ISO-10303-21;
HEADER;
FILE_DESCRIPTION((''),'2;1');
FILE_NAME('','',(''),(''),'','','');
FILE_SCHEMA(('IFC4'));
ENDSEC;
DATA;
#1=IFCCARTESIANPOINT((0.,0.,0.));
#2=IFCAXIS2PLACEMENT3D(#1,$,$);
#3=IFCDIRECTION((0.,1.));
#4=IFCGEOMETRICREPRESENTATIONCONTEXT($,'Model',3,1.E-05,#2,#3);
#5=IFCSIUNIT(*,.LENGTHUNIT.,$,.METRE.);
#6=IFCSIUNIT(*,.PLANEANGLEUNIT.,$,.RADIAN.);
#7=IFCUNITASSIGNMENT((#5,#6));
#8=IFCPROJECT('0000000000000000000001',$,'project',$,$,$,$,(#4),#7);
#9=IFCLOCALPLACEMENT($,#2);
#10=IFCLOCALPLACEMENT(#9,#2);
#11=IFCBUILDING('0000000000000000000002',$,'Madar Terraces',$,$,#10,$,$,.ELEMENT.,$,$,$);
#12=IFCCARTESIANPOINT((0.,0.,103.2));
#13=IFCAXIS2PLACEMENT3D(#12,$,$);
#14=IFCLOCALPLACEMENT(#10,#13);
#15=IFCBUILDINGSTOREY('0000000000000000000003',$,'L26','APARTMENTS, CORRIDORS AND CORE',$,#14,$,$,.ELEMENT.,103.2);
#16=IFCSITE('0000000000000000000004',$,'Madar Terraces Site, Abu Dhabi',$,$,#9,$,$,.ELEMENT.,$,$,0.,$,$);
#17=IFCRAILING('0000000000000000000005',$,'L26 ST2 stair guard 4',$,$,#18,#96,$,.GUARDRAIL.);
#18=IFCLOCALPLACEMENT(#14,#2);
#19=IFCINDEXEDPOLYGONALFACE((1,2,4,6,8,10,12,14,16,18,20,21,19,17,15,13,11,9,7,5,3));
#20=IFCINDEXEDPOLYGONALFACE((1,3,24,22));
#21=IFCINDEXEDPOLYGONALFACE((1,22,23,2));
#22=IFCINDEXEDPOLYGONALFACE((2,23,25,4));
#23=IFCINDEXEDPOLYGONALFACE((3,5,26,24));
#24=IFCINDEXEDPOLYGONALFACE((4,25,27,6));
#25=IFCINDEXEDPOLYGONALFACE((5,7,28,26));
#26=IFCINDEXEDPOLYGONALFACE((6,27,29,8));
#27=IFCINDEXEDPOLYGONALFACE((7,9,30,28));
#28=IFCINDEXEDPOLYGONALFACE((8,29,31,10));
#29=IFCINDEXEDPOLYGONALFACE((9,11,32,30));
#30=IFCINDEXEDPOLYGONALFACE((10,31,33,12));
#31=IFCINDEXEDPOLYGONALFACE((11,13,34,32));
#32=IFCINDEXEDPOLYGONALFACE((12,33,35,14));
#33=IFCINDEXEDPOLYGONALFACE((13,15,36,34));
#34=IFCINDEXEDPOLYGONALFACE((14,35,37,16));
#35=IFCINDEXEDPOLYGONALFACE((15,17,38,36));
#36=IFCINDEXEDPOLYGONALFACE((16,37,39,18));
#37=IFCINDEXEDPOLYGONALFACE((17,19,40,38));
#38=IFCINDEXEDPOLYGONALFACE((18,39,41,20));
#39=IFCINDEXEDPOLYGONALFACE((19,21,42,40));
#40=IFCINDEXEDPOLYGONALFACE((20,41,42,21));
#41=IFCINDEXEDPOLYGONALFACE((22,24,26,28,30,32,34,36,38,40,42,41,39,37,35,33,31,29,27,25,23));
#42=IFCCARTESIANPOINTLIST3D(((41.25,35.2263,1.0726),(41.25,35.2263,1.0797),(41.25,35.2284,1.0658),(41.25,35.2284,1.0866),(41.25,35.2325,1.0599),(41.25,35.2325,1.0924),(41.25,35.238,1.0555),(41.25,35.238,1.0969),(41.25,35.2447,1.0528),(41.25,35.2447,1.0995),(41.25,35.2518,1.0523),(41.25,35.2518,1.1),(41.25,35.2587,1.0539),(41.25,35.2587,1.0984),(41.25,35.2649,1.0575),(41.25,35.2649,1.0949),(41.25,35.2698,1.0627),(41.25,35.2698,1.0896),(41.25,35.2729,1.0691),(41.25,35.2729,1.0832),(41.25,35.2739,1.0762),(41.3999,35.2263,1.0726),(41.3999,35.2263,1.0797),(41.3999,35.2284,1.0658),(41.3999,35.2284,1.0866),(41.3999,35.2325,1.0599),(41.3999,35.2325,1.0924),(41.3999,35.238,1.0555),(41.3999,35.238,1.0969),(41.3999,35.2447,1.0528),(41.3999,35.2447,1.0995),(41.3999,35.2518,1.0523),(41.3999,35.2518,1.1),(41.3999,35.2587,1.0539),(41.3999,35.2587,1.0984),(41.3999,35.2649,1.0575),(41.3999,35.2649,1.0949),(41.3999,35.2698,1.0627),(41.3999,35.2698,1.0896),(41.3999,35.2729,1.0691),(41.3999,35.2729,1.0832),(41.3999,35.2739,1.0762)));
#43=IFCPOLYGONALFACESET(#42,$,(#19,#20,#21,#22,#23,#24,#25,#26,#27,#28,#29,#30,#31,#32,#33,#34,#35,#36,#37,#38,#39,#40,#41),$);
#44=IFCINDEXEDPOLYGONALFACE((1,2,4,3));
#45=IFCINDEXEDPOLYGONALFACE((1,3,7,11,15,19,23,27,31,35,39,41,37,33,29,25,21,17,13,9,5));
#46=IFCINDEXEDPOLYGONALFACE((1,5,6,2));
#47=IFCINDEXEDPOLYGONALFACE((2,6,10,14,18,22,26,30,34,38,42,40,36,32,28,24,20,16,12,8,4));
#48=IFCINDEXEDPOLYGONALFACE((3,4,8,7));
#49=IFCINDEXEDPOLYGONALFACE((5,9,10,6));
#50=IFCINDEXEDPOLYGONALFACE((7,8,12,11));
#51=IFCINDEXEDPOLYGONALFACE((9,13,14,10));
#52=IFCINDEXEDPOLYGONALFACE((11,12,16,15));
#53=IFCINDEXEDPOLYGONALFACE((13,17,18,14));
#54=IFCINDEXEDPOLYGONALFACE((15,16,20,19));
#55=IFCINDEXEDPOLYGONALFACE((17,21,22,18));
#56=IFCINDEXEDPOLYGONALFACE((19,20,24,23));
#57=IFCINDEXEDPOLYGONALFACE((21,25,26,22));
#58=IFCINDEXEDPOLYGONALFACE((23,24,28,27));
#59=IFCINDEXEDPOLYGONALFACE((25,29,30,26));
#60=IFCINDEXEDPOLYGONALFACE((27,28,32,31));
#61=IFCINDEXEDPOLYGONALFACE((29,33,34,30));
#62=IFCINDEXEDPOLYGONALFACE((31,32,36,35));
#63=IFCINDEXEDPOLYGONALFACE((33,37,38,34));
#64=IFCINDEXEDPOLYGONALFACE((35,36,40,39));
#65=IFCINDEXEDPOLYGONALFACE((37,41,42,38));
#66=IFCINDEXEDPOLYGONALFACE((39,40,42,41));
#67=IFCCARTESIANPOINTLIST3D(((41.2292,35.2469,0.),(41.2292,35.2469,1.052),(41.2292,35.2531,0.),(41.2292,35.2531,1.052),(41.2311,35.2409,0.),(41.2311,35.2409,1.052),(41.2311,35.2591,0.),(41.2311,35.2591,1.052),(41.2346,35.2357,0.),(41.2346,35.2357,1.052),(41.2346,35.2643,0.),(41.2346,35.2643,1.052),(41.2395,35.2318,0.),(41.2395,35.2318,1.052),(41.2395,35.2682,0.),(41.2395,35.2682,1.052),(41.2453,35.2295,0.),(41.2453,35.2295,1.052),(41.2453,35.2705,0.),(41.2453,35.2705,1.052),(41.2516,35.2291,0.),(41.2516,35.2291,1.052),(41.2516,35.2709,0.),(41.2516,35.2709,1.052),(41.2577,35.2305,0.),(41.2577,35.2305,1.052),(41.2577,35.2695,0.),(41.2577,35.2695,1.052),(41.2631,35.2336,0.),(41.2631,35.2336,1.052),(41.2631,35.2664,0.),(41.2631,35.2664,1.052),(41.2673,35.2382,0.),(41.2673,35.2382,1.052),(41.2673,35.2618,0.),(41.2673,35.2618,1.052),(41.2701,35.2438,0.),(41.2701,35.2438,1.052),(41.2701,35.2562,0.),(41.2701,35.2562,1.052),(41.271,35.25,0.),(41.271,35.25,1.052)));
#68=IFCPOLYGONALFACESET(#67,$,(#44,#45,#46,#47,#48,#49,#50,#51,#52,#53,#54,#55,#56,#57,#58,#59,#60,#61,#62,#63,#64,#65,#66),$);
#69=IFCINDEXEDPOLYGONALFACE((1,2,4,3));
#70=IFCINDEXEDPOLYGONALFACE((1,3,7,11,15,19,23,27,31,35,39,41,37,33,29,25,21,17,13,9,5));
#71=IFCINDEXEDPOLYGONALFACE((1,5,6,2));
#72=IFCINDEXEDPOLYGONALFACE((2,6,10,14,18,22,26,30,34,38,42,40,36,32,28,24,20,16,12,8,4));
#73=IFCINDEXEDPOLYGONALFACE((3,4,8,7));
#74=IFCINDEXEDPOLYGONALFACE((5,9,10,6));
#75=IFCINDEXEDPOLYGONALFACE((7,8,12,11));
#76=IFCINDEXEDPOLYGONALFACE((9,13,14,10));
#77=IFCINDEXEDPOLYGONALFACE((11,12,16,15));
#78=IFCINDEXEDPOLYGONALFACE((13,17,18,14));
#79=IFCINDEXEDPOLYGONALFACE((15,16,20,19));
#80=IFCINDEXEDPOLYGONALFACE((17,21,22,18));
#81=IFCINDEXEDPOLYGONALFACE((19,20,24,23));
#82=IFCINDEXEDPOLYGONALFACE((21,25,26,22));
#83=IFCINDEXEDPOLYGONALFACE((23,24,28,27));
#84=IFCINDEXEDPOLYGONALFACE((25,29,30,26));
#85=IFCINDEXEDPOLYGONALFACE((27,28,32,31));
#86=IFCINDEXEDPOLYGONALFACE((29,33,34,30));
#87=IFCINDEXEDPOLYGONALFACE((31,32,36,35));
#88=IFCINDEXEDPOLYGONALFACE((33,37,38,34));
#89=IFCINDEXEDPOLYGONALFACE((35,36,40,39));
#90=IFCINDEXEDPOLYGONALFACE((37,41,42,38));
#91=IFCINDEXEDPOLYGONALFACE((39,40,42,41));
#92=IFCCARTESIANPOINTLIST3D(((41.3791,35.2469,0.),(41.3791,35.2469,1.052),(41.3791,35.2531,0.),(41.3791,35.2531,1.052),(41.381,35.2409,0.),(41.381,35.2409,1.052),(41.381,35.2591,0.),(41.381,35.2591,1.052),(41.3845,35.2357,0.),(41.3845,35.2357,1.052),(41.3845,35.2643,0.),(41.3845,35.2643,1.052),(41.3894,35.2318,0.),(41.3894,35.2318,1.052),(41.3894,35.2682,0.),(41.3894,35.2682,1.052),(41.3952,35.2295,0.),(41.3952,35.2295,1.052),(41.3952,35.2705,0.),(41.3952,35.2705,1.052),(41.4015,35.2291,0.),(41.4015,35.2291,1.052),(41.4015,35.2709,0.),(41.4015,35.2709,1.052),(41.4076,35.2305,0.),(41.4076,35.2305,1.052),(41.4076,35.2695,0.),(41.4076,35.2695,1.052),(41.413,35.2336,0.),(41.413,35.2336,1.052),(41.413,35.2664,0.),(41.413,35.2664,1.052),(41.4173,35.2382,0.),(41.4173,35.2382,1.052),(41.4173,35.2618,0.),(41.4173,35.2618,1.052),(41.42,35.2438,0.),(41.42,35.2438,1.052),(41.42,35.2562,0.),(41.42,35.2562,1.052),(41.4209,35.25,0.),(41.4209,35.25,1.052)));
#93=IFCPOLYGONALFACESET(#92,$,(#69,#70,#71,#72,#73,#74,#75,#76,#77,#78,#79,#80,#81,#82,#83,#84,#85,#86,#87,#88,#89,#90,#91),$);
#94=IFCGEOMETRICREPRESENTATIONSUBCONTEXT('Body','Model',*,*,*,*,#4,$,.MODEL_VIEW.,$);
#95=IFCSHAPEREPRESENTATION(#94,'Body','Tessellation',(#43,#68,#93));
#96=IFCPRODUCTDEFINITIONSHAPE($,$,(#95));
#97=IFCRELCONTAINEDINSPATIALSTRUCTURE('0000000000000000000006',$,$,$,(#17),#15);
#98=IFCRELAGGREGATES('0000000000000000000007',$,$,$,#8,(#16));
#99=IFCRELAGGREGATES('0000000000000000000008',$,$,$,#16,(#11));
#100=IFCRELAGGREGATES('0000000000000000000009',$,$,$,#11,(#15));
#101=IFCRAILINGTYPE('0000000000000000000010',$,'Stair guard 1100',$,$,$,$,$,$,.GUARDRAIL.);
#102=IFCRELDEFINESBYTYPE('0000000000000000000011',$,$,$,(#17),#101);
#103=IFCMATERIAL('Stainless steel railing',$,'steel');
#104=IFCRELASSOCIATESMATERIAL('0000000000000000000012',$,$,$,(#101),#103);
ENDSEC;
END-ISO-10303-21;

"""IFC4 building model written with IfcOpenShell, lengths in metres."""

from ifc_helpers import new_model, si_unit, direction, frame, origin, origin_2d, place, context, subcontext, project, spatial, circle, extrude, material, type_object, element, save


model = new_model("IFC4")

# Units and contexts
model_context = context("Model", 3, precision=1e-05, world=origin(), true_north=direction((0.0, 1.0)))
body_context = subcontext(model_context, "Body", "Model", "MODEL_VIEW")
ifc_project = project(units=[si_unit("LENGTHUNIT", "METRE"), si_unit("PLANEANGLEUNIT", "RADIAN")], contexts=[model_context])

# Site, building, storey
site_placement = place(None, origin())
site = spatial("IfcSite", under=ifc_project, at=site_placement, Name="Madar Terraces Site, Abu Dhabi", CompositionType="ELEMENT", RefElevation=0.0)
building_placement = place(site_placement, origin())
building = spatial("IfcBuilding", under=site, at=building_placement, Name="Madar Terraces", CompositionType="ELEMENT")
storey_placement = place(building_placement, frame((0.0, 0.0, 103.2)))
storey = spatial("IfcBuildingStorey", under=building, at=storey_placement, Name="L26", Description="APARTMENTS, CORRIDORS AND CORE", CompositionType="ELEMENT", Elevation=103.2)

# Railing
ifc_material_1 = material(Name="Stainless steel railing", Category="steel")
railing_type_1 = type_object("IfcRailingType", Name="Stair guard 1100", PredefinedType="GUARDRAIL", material=ifc_material_1)
railing_1_placement = place(storey_placement, frame((41.25, 35.25, 0.0)))
element("IfcRailing", 1, at=railing_1_placement, inside=storey, type_object=railing_type_1, Name="L26 ST2 stair guard 4", PredefinedType="GUARDRAIL", context=body_context, shape_type="SweptSolid", body=[
    extrude(circle(Radius=0.0239, at=origin_2d()), frame((0.0, 0.0, 1.0762), z_axis=(1.0, 0.0, 0.0), x_axis=(0.0, 1.0, 0.0)), (0.0, 0.0, 1.0), 0.1499),
    extrude(circle(Radius=0.021, at=origin_2d()), origin(), (0.0, 0.0, 1.0), 1.052),
    extrude(circle(Radius=0.021, at=origin_2d()), frame((0.1499, 0.0, 0.0)), (0.0, 0.0, 1.0), 1.052),
])

save(model, "model.ifc")
